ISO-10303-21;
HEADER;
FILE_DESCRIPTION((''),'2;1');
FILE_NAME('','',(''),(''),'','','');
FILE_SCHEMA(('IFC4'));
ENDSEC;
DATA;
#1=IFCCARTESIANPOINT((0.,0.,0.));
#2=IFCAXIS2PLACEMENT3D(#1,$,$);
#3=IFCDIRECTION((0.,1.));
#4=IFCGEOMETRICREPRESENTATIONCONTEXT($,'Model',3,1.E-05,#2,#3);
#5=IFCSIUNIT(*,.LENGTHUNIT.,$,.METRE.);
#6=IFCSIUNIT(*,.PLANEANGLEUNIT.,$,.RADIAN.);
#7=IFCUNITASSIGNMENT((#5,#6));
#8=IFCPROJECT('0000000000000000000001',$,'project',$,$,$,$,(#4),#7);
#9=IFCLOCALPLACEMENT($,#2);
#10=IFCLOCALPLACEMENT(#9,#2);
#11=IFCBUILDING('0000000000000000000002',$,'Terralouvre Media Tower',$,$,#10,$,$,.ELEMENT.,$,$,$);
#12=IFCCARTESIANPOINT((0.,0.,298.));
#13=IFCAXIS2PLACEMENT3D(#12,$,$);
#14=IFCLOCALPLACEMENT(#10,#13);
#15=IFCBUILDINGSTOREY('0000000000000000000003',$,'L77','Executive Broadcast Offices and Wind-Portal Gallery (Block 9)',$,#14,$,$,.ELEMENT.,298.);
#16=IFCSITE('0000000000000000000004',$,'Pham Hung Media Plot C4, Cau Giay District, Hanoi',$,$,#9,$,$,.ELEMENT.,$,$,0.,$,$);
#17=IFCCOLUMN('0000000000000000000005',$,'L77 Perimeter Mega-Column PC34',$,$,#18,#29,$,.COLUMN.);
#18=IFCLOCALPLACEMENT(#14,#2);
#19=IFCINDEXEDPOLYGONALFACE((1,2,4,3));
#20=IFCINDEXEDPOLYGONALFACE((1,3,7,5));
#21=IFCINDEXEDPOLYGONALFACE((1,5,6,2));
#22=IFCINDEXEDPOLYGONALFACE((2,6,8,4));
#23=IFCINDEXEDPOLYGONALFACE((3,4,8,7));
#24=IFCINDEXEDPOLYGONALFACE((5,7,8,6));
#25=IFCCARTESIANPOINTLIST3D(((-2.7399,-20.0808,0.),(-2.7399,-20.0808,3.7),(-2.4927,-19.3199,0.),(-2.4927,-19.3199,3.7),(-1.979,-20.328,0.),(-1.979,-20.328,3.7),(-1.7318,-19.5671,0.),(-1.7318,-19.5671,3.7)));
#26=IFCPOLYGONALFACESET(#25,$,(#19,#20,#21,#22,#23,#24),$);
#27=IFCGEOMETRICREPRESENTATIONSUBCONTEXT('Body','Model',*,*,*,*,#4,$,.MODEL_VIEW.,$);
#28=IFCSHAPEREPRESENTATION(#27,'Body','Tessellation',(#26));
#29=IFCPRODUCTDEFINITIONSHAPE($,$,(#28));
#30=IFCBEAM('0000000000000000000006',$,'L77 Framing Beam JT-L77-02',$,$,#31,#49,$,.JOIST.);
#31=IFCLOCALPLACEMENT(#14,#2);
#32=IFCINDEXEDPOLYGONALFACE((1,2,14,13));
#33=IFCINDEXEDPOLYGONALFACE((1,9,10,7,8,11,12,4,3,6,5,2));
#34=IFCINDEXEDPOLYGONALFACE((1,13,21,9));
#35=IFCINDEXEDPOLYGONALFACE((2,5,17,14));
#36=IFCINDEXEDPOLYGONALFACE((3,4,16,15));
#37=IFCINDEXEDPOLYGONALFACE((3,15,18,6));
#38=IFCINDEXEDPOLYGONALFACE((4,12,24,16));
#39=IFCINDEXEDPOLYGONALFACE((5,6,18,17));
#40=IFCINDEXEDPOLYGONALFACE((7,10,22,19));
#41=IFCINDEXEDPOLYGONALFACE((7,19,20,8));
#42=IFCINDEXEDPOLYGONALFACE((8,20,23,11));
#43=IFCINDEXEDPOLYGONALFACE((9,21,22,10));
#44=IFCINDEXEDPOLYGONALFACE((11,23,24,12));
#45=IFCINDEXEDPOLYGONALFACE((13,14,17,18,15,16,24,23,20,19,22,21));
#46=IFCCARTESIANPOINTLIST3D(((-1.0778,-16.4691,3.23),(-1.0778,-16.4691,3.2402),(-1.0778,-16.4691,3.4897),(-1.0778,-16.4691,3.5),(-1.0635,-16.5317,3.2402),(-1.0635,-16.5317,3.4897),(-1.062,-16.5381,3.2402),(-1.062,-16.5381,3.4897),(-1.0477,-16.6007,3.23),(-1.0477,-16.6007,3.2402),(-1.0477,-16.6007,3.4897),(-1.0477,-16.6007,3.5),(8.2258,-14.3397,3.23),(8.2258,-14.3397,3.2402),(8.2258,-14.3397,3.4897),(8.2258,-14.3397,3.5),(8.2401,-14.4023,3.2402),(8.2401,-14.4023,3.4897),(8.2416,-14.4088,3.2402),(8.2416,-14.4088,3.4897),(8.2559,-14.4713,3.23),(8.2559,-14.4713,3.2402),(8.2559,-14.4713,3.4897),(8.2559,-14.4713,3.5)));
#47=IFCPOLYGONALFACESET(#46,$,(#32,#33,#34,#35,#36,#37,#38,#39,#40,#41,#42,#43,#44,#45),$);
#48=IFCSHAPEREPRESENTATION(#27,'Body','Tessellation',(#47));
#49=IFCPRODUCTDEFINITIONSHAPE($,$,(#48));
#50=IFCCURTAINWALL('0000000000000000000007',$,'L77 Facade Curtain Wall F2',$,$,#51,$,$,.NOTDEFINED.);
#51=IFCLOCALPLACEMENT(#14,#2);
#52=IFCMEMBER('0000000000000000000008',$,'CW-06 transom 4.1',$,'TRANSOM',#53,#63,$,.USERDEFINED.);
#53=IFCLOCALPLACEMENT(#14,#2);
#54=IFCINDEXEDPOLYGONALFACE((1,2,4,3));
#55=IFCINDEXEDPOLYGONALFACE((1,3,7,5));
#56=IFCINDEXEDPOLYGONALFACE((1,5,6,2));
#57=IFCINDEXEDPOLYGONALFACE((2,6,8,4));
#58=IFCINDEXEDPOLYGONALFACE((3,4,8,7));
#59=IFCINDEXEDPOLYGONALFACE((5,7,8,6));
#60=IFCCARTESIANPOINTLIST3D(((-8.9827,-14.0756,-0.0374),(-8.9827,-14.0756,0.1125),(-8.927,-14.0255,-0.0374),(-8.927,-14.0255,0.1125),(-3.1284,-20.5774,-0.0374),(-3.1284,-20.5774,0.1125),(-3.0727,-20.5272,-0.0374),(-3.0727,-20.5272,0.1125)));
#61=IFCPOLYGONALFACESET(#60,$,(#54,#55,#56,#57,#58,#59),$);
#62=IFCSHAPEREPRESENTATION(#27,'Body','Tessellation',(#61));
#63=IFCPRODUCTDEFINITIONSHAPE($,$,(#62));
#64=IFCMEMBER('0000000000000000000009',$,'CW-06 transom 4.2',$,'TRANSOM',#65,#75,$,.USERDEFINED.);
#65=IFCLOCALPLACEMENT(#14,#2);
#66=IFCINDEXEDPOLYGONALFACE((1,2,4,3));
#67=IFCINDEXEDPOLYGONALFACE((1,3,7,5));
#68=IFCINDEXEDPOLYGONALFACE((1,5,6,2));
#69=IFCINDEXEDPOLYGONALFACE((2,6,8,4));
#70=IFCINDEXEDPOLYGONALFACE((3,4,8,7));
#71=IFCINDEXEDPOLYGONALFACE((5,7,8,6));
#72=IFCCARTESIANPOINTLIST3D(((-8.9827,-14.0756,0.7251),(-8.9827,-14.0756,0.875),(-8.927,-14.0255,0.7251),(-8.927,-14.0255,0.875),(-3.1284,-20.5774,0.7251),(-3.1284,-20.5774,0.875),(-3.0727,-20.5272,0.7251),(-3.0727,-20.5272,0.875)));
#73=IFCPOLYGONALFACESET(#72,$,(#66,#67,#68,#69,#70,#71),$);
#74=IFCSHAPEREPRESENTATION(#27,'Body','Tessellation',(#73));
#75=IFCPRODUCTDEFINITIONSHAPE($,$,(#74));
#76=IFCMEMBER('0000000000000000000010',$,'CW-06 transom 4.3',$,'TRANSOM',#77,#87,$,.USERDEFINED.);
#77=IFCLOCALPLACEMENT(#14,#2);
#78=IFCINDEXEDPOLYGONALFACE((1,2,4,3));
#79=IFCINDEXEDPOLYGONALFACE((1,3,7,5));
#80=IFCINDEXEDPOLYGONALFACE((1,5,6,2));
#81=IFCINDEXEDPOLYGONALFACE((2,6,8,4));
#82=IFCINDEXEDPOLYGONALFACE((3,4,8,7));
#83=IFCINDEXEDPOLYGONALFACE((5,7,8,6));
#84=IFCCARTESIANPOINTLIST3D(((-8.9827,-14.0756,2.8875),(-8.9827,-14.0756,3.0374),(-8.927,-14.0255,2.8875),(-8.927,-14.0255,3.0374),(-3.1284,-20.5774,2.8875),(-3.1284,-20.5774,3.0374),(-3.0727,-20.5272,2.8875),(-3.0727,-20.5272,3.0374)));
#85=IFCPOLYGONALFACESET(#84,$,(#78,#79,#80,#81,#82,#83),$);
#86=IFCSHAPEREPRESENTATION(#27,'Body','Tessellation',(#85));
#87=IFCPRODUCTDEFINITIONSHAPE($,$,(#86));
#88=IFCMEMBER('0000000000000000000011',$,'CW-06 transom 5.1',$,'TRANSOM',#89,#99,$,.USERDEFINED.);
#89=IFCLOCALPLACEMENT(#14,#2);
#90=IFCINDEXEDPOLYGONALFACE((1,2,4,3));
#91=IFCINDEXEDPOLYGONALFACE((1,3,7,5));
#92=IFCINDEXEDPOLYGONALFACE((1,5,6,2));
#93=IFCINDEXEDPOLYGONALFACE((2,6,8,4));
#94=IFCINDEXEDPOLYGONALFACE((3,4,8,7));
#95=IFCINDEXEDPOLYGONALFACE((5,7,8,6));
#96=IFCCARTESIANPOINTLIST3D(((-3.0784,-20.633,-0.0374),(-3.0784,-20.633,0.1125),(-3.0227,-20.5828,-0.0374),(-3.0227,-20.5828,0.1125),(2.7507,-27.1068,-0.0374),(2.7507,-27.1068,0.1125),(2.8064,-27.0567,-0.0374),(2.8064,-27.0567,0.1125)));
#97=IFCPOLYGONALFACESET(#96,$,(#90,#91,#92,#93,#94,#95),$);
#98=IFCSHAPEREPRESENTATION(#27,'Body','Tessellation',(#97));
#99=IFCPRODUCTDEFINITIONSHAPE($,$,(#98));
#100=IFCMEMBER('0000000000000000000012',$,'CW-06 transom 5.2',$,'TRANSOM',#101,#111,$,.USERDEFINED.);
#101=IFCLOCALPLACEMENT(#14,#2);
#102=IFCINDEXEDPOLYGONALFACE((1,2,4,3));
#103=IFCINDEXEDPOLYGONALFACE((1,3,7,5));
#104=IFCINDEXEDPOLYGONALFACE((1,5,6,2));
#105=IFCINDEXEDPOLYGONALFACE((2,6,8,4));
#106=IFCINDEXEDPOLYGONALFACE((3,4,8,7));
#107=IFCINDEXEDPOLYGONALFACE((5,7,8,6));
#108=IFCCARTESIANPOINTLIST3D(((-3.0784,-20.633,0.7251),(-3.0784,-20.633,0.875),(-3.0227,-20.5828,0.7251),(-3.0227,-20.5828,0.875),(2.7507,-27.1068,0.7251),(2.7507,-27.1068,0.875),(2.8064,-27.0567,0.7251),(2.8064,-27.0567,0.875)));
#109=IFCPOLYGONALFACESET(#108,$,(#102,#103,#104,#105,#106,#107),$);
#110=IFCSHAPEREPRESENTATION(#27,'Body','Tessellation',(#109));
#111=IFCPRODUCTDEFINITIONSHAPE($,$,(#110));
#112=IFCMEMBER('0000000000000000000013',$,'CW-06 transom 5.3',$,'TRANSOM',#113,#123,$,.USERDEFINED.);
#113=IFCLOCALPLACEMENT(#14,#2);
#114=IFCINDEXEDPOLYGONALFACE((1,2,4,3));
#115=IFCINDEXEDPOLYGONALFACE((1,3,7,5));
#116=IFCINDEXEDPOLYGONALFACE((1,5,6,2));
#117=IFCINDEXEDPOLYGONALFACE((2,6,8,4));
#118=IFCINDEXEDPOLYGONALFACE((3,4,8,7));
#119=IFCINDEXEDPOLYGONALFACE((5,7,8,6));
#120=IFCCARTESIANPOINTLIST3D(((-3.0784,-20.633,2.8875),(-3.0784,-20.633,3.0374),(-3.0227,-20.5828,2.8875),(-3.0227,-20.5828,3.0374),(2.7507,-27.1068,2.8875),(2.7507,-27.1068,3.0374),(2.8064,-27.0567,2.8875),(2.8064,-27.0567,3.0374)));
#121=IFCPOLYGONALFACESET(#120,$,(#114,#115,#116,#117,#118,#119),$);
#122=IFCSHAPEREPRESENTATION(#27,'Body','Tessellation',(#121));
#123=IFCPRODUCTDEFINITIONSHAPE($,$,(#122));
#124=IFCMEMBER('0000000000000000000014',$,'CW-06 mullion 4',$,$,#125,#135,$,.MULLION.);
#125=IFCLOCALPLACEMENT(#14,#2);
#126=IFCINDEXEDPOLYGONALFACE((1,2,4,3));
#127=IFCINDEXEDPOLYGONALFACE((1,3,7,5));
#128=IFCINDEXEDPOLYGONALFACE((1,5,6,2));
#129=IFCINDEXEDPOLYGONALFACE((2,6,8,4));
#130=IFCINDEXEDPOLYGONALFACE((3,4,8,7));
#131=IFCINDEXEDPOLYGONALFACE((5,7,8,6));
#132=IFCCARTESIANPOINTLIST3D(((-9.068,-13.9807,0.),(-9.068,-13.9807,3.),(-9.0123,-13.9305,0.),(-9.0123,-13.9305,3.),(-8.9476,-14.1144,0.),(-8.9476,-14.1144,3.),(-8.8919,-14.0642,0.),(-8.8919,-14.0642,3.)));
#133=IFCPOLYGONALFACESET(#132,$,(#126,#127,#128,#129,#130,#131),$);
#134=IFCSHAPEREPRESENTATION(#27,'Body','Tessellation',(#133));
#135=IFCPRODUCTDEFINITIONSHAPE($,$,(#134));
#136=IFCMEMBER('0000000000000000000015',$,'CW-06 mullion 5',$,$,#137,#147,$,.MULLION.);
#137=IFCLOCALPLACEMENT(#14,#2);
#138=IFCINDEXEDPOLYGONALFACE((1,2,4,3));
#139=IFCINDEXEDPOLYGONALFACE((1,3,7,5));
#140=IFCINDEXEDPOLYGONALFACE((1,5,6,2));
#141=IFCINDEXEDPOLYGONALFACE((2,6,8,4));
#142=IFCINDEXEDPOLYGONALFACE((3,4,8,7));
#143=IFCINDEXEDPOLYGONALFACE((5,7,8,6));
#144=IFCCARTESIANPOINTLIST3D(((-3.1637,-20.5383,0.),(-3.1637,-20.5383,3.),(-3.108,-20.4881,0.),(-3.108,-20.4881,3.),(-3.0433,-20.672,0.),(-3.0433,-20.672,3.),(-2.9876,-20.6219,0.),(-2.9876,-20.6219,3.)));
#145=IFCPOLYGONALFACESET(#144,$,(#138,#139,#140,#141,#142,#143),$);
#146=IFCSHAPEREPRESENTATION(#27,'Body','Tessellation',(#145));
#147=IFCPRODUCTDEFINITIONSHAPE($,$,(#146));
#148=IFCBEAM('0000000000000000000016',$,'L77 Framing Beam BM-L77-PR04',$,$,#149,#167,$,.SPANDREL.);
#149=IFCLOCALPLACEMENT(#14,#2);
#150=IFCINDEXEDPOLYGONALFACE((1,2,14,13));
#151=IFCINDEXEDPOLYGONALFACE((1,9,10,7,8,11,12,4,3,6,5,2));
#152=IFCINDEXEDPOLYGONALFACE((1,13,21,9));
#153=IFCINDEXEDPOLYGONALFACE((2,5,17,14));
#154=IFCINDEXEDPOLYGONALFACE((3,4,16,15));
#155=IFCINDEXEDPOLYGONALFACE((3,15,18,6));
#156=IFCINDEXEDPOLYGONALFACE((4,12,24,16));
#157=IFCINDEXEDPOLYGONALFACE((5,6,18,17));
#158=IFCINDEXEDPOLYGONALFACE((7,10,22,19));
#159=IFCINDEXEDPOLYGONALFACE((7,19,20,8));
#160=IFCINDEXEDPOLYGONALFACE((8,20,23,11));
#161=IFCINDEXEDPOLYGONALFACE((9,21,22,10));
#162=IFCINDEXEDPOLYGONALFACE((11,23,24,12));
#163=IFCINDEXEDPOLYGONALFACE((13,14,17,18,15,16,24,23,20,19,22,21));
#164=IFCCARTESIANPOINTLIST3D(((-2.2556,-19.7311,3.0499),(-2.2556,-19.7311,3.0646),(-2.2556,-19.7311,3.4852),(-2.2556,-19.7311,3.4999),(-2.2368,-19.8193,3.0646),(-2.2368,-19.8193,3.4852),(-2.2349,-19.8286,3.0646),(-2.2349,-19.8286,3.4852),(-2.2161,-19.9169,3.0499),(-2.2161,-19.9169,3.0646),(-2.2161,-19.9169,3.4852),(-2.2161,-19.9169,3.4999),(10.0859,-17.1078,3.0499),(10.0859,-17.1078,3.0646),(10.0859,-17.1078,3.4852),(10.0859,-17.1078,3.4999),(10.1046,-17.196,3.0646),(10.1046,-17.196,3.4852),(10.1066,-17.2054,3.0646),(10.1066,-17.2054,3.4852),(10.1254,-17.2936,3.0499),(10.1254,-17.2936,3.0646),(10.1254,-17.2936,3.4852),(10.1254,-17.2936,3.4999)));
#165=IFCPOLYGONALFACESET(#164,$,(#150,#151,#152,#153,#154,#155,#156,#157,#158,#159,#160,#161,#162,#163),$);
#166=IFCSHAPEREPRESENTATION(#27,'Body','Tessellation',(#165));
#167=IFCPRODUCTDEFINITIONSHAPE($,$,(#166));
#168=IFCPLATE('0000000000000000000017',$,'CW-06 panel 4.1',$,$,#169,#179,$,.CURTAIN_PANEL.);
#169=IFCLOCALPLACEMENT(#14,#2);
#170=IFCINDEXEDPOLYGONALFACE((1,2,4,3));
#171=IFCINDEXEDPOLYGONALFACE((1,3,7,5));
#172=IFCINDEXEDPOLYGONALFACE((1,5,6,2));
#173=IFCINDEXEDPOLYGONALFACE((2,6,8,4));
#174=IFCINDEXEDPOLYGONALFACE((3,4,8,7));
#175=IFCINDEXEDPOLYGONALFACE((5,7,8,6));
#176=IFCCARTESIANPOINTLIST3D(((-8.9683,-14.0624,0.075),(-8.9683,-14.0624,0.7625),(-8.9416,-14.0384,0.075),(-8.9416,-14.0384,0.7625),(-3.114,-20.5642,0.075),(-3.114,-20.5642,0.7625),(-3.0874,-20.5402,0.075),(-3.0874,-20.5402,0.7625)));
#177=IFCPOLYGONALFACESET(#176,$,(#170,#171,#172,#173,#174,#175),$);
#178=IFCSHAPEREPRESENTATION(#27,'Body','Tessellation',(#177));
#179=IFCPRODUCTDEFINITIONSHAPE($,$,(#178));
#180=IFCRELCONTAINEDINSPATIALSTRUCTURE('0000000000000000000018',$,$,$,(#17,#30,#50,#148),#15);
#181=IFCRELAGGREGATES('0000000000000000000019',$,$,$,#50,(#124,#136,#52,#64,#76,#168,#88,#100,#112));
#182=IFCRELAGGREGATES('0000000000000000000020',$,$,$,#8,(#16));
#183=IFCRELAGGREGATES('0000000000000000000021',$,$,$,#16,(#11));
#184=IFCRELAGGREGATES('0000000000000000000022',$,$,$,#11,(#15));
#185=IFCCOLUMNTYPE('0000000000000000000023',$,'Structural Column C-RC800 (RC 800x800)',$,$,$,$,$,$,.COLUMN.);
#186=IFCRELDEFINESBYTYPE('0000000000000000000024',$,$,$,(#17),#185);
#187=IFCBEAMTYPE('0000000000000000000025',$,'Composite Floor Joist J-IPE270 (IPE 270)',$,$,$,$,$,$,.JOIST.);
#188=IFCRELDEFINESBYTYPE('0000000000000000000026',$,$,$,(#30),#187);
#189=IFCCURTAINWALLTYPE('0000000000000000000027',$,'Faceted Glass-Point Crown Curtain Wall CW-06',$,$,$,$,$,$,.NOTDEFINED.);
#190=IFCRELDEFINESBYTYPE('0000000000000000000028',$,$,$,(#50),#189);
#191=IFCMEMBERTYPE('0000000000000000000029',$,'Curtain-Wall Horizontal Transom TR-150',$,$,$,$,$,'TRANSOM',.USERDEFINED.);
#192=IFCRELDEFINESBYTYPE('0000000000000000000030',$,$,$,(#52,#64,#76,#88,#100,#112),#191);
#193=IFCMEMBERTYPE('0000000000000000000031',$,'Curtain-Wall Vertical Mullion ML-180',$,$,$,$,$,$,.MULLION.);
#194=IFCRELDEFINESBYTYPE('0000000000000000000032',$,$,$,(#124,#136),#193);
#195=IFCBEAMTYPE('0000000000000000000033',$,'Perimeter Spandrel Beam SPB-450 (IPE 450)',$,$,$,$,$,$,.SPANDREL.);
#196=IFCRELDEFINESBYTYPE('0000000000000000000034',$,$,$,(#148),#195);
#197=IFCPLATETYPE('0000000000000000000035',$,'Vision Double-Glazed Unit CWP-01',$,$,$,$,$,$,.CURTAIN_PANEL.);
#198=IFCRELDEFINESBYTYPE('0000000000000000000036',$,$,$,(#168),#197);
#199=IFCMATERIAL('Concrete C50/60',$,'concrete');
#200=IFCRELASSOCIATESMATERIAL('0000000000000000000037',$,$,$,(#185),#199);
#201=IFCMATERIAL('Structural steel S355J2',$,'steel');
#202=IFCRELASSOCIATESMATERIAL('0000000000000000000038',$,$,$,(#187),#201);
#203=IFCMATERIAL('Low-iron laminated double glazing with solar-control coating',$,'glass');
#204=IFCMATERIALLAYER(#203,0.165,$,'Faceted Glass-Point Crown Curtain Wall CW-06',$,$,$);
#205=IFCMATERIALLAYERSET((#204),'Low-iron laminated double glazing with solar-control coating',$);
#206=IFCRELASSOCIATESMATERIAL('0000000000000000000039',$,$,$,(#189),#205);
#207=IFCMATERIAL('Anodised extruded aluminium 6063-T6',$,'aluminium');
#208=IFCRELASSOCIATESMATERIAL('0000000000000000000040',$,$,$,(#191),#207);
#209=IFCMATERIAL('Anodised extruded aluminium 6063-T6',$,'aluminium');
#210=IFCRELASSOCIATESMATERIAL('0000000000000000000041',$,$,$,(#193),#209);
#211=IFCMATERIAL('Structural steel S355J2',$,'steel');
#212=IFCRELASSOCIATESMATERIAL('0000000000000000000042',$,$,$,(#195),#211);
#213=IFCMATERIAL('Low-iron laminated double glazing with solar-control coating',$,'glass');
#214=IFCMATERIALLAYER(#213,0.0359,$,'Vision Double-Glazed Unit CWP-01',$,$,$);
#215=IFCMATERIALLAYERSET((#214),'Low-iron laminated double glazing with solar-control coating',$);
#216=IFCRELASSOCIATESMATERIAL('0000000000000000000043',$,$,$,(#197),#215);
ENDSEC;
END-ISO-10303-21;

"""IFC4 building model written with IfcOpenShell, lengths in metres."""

from ifc_helpers import new_model, si_unit, direction, frame, origin, origin_2d, place, context, subcontext, project, spatial, rectangle, i_section, extrude, material, layer, layer_set, material_profile, profile_set, type_object, element, aggregate, save


model = new_model("IFC4")

# Units and contexts
model_context = context("Model", 3, precision=1e-05, world=origin(), true_north=direction((0.0, 1.0)))
body_context = subcontext(model_context, "Body", "Model", "MODEL_VIEW")
ifc_project = project(units=[si_unit("LENGTHUNIT", "METRE"), si_unit("PLANEANGLEUNIT", "RADIAN")], contexts=[model_context])

# Site, building, storey
site_placement = place(None, origin())
site = spatial("IfcSite", under=ifc_project, at=site_placement, Name="Pham Hung Media Plot C4, Cau Giay District, Hanoi", CompositionType="ELEMENT", RefElevation=0.0)
building_placement = place(site_placement, origin())
building = spatial("IfcBuilding", under=site, at=building_placement, Name="Terralouvre Media Tower", CompositionType="ELEMENT")
storey_placement = place(building_placement, frame((0.0, 0.0, 298.0)))
storey = spatial("IfcBuildingStorey", under=building, at=storey_placement, Name="L77", Description="Executive Broadcast Offices and Wind-Portal Gallery (Block 9)", CompositionType="ELEMENT", Elevation=298.0)

# Column
ifc_material_1 = material(Name="Concrete C50/60", Category="concrete")
ifc_material_profile_1 = material_profile(ifc_material_1, rectangle(XDim=0.8, YDim=0.8, at=origin_2d()), Name="RC 800x800")
ifc_profile_set_1 = profile_set([ifc_material_profile_1], Name="Concrete C50/60")
column_type = type_object("IfcColumnType", Name="Structural Column C-RC800 (RC 800x800)", PredefinedType="COLUMN", material=ifc_profile_set_1)
column_placement = place(storey_placement, frame((-2.2358, -19.824, 0.0), z_axis=(0.0, 0.0, 1.0), x_axis=(0.309017, 0.951057, 0.0)))
element("IfcColumn", 1, at=column_placement, inside=storey, type_object=column_type, Name="L77 Perimeter Mega-Column PC34", PredefinedType="COLUMN", context=body_context, shape_type="SweptSolid", body=[
    extrude(rectangle(XDim=0.8, YDim=0.8, at=origin_2d()), origin(), (0.0, 0.0, 1.0), 3.7),
])

# Beam
ifc_material_2 = material(Name="Structural steel S355J2", Category="steel")
ifc_material_profile_2 = material_profile(ifc_material_2, i_section(OverallWidth=0.135, OverallDepth=0.27, WebThickness=0.0066, FlangeThickness=0.0103, at=origin_2d()), Name="IPE 270")
ifc_profile_set_2 = profile_set([ifc_material_profile_2], Name="Structural steel S355J2")
beam_type_1 = type_object("IfcBeamType", Name="Composite Floor Joist J-IPE270 (IPE 270)", PredefinedType="JOIST", material=ifc_profile_set_2)
beam_1_placement = place(storey_placement, frame((-1.0627, -16.5349, 3.365), z_axis=(0.974794, 0.223107, 0.0), x_axis=(-0.223107, 0.974794, 0.0)))
element("IfcBeam", 2, at=beam_1_placement, inside=storey, type_object=beam_type_1, Name="L77 Framing Beam JT-L77-02", PredefinedType="JOIST", context=body_context, shape_type="SweptSolid", body=[
    extrude(i_section(OverallWidth=0.135, OverallDepth=0.27, WebThickness=0.0066, FlangeThickness=0.0103, at=origin_2d()), origin(), (0.0, 0.0, 1.0), 9.5442),
])

# Curtain wall, members
ifc_material_3 = material(Name="Low-iron laminated double glazing with solar-control coating", Category="glass")
ifc_layer_1 = layer(ifc_material_3, 0.165, Name="Faceted Glass-Point Crown Curtain Wall CW-06")
ifc_layer_set_1 = layer_set([ifc_layer_1], Name="Low-iron laminated double glazing with solar-control coating")
curtain_wall_type = type_object("IfcCurtainWallType", Name="Faceted Glass-Point Crown Curtain Wall CW-06", PredefinedType="NOTDEFINED", material=ifc_layer_set_1)
curtain_wall_placement = place(storey_placement, origin())
curtain_wall = element("IfcCurtainWall", 3, at=curtain_wall_placement, inside=storey, type_object=curtain_wall_type, Name="L77 Facade Curtain Wall F2", PredefinedType="NOTDEFINED")
ifc_material_4 = material(Name="Anodised extruded aluminium 6063-T6", Category="aluminium")
ifc_material_profile_3 = material_profile(ifc_material_4, rectangle(XDim=0.075, YDim=0.1499, at=origin_2d()), Name="ALU 75x150")
ifc_profile_set_3 = profile_set([ifc_material_profile_3], Name="Anodised extruded aluminium 6063-T6")
member_type_1 = type_object("IfcMemberType", Name="Curtain-Wall Horizontal Transom TR-150", ElementType="TRANSOM", PredefinedType="USERDEFINED", material=ifc_profile_set_3)
member_1_placement = place(storey_placement, frame((-8.9548, -14.0505, 0.0376), z_axis=(0.669136, -0.74314, 0.0), x_axis=(0.74314, 0.669136, 0.0)))
member_1 = element("IfcMember", 4, at=member_1_placement, type_object=member_type_1, Name="CW-06 transom 4.1", ObjectType="TRANSOM", PredefinedType="USERDEFINED", context=body_context, shape_type="SweptSolid", body=[
    extrude(rectangle(XDim=0.075, YDim=0.1499, at=origin_2d()), origin(), (0.0, 0.0, 1.0), 8.749),
])
member_2_placement = place(storey_placement, frame((-8.9548, -14.0505, 0.8), z_axis=(0.669136, -0.74314, 0.0), x_axis=(0.74314, 0.669136, 0.0)))
member_2 = element("IfcMember", 5, at=member_2_placement, type_object=member_type_1, Name="CW-06 transom 4.2", ObjectType="TRANSOM", PredefinedType="USERDEFINED", context=body_context, shape_type="SweptSolid", body=[
    extrude(rectangle(XDim=0.075, YDim=0.1499, at=origin_2d()), origin(), (0.0, 0.0, 1.0), 8.749),
])
member_3_placement = place(storey_placement, frame((-8.9548, -14.0505, 2.9624), z_axis=(0.669136, -0.74314, 0.0), x_axis=(0.74314, 0.669136, 0.0)))
member_3 = element("IfcMember", 6, at=member_3_placement, type_object=member_type_1, Name="CW-06 transom 4.3", ObjectType="TRANSOM", PredefinedType="USERDEFINED", context=body_context, shape_type="SweptSolid", body=[
    extrude(rectangle(XDim=0.075, YDim=0.1499, at=origin_2d()), origin(), (0.0, 0.0, 1.0), 8.749),
])
member_4_placement = place(storey_placement, frame((-3.0505, -20.6079, 0.0376), z_axis=(0.66913, -0.743145, 0.0), x_axis=(0.743145, 0.66913, 0.0)))
member_4 = element("IfcMember", 7, at=member_4_placement, type_object=member_type_1, Name="CW-06 transom 5.1", ObjectType="TRANSOM", PredefinedType="USERDEFINED", context=body_context, shape_type="SweptSolid", body=[
    extrude(rectangle(XDim=0.075, YDim=0.1499, at=origin_2d()), origin(), (0.0, 0.0, 1.0), 8.7114),
])
member_5_placement = place(storey_placement, frame((-3.0505, -20.6079, 0.8), z_axis=(0.66913, -0.743145, 0.0), x_axis=(0.743145, 0.66913, 0.0)))
member_5 = element("IfcMember", 8, at=member_5_placement, type_object=member_type_1, Name="CW-06 transom 5.2", ObjectType="TRANSOM", PredefinedType="USERDEFINED", context=body_context, shape_type="SweptSolid", body=[
    extrude(rectangle(XDim=0.075, YDim=0.1499, at=origin_2d()), origin(), (0.0, 0.0, 1.0), 8.7114),
])
member_6_placement = place(storey_placement, frame((-3.0505, -20.6079, 2.9624), z_axis=(0.66913, -0.743145, 0.0), x_axis=(0.743145, 0.66913, 0.0)))
member_6 = element("IfcMember", 9, at=member_6_placement, type_object=member_type_1, Name="CW-06 transom 5.3", ObjectType="TRANSOM", PredefinedType="USERDEFINED", context=body_context, shape_type="SweptSolid", body=[
    extrude(rectangle(XDim=0.075, YDim=0.1499, at=origin_2d()), origin(), (0.0, 0.0, 1.0), 8.7114),
])
ifc_material_5 = material(Name="Anodised extruded aluminium 6063-T6", Category="aluminium")
ifc_material_profile_4 = material_profile(ifc_material_5, rectangle(XDim=0.075, YDim=0.1799, at=origin_2d()), Name="ALU 75x180")
ifc_profile_set_4 = profile_set([ifc_material_profile_4], Name="Anodised extruded aluminium 6063-T6")
member_type_2 = type_object("IfcMemberType", Name="Curtain-Wall Vertical Mullion ML-180", PredefinedType="MULLION", material=ifc_profile_set_4)
member_7_placement = place(storey_placement, frame((-8.98, -14.0225, 0.0), z_axis=(0.0, 0.0, 1.0), x_axis=(0.743145, 0.669131, 0.0)))
member_7 = element("IfcMember", 10, at=member_7_placement, type_object=member_type_2, Name="CW-06 mullion 4", PredefinedType="MULLION", context=body_context, shape_type="SweptSolid", body=[
    extrude(rectangle(XDim=0.075, YDim=0.1799, at=origin_2d()), origin(), (0.0, 0.0, 1.0), 3.0),
])
member_8_placement = place(storey_placement, frame((-3.0757, -20.5801, 0.0), z_axis=(0.0, 0.0, 1.0), x_axis=(0.743145, 0.669131, 0.0)))
member_8 = element("IfcMember", 11, at=member_8_placement, type_object=member_type_2, Name="CW-06 mullion 5", PredefinedType="MULLION", context=body_context, shape_type="SweptSolid", body=[
    extrude(rectangle(XDim=0.075, YDim=0.1799, at=origin_2d()), origin(), (0.0, 0.0, 1.0), 3.0),
])

# Beam
ifc_material_6 = material(Name="Structural steel S355J2", Category="steel")
ifc_material_profile_5 = material_profile(ifc_material_6, i_section(OverallWidth=0.1899, OverallDepth=0.45, WebThickness=0.0095, FlangeThickness=0.0146, at=origin_2d()), Name="IPE 450")
ifc_profile_set_5 = profile_set([ifc_material_profile_5], Name="Structural steel S355J2")
beam_type_2 = type_object("IfcBeamType", Name="Perimeter Spandrel Beam SPB-450 (IPE 450)", PredefinedType="SPANDREL", material=ifc_profile_set_5)
beam_2_placement = place(storey_placement, frame((-2.2358, -19.824, 3.2749), z_axis=(0.978147, 0.207913, 0.0), x_axis=(-0.207913, 0.978147, 0.0)))
element("IfcBeam", 12, at=beam_2_placement, inside=storey, type_object=beam_type_2, Name="L77 Framing Beam BM-L77-PR04", PredefinedType="SPANDREL", context=body_context, shape_type="SweptSolid", body=[
    extrude(i_section(OverallWidth=0.1899, OverallDepth=0.45, WebThickness=0.0095, FlangeThickness=0.0146, at=origin_2d()), origin(), (0.0, 0.0, 1.0), 12.6172),
])

# Plate
ifc_material_7 = material(Name="Low-iron laminated double glazing with solar-control coating", Category="glass")
ifc_layer_2 = layer(ifc_material_7, 0.0359, Name="Vision Double-Glazed Unit CWP-01")
ifc_layer_set_2 = layer_set([ifc_layer_2], Name="Low-iron laminated double glazing with solar-control coating")
plate_type = type_object("IfcPlateType", Name="Vision Double-Glazed Unit CWP-01", PredefinedType="CURTAIN_PANEL", material=ifc_layer_set_2)
plate_1_placement = place(storey_placement, frame((-6.0278, -17.3013, 0.075), z_axis=(0.0, 0.0, 1.0), x_axis=(0.669131, -0.743145, 0.0)))
plate_1 = element("IfcPlate", 13, at=plate_1_placement, type_object=plate_type, Name="CW-06 panel 4.1", PredefinedType="CURTAIN_PANEL", context=body_context, shape_type="SweptSolid", body=[
    extrude(rectangle(XDim=8.749, YDim=0.0359, at=origin_2d()), origin(), (0.0, 0.0, 1.0), 0.6875),
])
aggregate(curtain_wall, [member_7, member_8, member_1, member_2, member_3, plate_1, member_4, member_5, member_6])

save(model, "model.ifc")
